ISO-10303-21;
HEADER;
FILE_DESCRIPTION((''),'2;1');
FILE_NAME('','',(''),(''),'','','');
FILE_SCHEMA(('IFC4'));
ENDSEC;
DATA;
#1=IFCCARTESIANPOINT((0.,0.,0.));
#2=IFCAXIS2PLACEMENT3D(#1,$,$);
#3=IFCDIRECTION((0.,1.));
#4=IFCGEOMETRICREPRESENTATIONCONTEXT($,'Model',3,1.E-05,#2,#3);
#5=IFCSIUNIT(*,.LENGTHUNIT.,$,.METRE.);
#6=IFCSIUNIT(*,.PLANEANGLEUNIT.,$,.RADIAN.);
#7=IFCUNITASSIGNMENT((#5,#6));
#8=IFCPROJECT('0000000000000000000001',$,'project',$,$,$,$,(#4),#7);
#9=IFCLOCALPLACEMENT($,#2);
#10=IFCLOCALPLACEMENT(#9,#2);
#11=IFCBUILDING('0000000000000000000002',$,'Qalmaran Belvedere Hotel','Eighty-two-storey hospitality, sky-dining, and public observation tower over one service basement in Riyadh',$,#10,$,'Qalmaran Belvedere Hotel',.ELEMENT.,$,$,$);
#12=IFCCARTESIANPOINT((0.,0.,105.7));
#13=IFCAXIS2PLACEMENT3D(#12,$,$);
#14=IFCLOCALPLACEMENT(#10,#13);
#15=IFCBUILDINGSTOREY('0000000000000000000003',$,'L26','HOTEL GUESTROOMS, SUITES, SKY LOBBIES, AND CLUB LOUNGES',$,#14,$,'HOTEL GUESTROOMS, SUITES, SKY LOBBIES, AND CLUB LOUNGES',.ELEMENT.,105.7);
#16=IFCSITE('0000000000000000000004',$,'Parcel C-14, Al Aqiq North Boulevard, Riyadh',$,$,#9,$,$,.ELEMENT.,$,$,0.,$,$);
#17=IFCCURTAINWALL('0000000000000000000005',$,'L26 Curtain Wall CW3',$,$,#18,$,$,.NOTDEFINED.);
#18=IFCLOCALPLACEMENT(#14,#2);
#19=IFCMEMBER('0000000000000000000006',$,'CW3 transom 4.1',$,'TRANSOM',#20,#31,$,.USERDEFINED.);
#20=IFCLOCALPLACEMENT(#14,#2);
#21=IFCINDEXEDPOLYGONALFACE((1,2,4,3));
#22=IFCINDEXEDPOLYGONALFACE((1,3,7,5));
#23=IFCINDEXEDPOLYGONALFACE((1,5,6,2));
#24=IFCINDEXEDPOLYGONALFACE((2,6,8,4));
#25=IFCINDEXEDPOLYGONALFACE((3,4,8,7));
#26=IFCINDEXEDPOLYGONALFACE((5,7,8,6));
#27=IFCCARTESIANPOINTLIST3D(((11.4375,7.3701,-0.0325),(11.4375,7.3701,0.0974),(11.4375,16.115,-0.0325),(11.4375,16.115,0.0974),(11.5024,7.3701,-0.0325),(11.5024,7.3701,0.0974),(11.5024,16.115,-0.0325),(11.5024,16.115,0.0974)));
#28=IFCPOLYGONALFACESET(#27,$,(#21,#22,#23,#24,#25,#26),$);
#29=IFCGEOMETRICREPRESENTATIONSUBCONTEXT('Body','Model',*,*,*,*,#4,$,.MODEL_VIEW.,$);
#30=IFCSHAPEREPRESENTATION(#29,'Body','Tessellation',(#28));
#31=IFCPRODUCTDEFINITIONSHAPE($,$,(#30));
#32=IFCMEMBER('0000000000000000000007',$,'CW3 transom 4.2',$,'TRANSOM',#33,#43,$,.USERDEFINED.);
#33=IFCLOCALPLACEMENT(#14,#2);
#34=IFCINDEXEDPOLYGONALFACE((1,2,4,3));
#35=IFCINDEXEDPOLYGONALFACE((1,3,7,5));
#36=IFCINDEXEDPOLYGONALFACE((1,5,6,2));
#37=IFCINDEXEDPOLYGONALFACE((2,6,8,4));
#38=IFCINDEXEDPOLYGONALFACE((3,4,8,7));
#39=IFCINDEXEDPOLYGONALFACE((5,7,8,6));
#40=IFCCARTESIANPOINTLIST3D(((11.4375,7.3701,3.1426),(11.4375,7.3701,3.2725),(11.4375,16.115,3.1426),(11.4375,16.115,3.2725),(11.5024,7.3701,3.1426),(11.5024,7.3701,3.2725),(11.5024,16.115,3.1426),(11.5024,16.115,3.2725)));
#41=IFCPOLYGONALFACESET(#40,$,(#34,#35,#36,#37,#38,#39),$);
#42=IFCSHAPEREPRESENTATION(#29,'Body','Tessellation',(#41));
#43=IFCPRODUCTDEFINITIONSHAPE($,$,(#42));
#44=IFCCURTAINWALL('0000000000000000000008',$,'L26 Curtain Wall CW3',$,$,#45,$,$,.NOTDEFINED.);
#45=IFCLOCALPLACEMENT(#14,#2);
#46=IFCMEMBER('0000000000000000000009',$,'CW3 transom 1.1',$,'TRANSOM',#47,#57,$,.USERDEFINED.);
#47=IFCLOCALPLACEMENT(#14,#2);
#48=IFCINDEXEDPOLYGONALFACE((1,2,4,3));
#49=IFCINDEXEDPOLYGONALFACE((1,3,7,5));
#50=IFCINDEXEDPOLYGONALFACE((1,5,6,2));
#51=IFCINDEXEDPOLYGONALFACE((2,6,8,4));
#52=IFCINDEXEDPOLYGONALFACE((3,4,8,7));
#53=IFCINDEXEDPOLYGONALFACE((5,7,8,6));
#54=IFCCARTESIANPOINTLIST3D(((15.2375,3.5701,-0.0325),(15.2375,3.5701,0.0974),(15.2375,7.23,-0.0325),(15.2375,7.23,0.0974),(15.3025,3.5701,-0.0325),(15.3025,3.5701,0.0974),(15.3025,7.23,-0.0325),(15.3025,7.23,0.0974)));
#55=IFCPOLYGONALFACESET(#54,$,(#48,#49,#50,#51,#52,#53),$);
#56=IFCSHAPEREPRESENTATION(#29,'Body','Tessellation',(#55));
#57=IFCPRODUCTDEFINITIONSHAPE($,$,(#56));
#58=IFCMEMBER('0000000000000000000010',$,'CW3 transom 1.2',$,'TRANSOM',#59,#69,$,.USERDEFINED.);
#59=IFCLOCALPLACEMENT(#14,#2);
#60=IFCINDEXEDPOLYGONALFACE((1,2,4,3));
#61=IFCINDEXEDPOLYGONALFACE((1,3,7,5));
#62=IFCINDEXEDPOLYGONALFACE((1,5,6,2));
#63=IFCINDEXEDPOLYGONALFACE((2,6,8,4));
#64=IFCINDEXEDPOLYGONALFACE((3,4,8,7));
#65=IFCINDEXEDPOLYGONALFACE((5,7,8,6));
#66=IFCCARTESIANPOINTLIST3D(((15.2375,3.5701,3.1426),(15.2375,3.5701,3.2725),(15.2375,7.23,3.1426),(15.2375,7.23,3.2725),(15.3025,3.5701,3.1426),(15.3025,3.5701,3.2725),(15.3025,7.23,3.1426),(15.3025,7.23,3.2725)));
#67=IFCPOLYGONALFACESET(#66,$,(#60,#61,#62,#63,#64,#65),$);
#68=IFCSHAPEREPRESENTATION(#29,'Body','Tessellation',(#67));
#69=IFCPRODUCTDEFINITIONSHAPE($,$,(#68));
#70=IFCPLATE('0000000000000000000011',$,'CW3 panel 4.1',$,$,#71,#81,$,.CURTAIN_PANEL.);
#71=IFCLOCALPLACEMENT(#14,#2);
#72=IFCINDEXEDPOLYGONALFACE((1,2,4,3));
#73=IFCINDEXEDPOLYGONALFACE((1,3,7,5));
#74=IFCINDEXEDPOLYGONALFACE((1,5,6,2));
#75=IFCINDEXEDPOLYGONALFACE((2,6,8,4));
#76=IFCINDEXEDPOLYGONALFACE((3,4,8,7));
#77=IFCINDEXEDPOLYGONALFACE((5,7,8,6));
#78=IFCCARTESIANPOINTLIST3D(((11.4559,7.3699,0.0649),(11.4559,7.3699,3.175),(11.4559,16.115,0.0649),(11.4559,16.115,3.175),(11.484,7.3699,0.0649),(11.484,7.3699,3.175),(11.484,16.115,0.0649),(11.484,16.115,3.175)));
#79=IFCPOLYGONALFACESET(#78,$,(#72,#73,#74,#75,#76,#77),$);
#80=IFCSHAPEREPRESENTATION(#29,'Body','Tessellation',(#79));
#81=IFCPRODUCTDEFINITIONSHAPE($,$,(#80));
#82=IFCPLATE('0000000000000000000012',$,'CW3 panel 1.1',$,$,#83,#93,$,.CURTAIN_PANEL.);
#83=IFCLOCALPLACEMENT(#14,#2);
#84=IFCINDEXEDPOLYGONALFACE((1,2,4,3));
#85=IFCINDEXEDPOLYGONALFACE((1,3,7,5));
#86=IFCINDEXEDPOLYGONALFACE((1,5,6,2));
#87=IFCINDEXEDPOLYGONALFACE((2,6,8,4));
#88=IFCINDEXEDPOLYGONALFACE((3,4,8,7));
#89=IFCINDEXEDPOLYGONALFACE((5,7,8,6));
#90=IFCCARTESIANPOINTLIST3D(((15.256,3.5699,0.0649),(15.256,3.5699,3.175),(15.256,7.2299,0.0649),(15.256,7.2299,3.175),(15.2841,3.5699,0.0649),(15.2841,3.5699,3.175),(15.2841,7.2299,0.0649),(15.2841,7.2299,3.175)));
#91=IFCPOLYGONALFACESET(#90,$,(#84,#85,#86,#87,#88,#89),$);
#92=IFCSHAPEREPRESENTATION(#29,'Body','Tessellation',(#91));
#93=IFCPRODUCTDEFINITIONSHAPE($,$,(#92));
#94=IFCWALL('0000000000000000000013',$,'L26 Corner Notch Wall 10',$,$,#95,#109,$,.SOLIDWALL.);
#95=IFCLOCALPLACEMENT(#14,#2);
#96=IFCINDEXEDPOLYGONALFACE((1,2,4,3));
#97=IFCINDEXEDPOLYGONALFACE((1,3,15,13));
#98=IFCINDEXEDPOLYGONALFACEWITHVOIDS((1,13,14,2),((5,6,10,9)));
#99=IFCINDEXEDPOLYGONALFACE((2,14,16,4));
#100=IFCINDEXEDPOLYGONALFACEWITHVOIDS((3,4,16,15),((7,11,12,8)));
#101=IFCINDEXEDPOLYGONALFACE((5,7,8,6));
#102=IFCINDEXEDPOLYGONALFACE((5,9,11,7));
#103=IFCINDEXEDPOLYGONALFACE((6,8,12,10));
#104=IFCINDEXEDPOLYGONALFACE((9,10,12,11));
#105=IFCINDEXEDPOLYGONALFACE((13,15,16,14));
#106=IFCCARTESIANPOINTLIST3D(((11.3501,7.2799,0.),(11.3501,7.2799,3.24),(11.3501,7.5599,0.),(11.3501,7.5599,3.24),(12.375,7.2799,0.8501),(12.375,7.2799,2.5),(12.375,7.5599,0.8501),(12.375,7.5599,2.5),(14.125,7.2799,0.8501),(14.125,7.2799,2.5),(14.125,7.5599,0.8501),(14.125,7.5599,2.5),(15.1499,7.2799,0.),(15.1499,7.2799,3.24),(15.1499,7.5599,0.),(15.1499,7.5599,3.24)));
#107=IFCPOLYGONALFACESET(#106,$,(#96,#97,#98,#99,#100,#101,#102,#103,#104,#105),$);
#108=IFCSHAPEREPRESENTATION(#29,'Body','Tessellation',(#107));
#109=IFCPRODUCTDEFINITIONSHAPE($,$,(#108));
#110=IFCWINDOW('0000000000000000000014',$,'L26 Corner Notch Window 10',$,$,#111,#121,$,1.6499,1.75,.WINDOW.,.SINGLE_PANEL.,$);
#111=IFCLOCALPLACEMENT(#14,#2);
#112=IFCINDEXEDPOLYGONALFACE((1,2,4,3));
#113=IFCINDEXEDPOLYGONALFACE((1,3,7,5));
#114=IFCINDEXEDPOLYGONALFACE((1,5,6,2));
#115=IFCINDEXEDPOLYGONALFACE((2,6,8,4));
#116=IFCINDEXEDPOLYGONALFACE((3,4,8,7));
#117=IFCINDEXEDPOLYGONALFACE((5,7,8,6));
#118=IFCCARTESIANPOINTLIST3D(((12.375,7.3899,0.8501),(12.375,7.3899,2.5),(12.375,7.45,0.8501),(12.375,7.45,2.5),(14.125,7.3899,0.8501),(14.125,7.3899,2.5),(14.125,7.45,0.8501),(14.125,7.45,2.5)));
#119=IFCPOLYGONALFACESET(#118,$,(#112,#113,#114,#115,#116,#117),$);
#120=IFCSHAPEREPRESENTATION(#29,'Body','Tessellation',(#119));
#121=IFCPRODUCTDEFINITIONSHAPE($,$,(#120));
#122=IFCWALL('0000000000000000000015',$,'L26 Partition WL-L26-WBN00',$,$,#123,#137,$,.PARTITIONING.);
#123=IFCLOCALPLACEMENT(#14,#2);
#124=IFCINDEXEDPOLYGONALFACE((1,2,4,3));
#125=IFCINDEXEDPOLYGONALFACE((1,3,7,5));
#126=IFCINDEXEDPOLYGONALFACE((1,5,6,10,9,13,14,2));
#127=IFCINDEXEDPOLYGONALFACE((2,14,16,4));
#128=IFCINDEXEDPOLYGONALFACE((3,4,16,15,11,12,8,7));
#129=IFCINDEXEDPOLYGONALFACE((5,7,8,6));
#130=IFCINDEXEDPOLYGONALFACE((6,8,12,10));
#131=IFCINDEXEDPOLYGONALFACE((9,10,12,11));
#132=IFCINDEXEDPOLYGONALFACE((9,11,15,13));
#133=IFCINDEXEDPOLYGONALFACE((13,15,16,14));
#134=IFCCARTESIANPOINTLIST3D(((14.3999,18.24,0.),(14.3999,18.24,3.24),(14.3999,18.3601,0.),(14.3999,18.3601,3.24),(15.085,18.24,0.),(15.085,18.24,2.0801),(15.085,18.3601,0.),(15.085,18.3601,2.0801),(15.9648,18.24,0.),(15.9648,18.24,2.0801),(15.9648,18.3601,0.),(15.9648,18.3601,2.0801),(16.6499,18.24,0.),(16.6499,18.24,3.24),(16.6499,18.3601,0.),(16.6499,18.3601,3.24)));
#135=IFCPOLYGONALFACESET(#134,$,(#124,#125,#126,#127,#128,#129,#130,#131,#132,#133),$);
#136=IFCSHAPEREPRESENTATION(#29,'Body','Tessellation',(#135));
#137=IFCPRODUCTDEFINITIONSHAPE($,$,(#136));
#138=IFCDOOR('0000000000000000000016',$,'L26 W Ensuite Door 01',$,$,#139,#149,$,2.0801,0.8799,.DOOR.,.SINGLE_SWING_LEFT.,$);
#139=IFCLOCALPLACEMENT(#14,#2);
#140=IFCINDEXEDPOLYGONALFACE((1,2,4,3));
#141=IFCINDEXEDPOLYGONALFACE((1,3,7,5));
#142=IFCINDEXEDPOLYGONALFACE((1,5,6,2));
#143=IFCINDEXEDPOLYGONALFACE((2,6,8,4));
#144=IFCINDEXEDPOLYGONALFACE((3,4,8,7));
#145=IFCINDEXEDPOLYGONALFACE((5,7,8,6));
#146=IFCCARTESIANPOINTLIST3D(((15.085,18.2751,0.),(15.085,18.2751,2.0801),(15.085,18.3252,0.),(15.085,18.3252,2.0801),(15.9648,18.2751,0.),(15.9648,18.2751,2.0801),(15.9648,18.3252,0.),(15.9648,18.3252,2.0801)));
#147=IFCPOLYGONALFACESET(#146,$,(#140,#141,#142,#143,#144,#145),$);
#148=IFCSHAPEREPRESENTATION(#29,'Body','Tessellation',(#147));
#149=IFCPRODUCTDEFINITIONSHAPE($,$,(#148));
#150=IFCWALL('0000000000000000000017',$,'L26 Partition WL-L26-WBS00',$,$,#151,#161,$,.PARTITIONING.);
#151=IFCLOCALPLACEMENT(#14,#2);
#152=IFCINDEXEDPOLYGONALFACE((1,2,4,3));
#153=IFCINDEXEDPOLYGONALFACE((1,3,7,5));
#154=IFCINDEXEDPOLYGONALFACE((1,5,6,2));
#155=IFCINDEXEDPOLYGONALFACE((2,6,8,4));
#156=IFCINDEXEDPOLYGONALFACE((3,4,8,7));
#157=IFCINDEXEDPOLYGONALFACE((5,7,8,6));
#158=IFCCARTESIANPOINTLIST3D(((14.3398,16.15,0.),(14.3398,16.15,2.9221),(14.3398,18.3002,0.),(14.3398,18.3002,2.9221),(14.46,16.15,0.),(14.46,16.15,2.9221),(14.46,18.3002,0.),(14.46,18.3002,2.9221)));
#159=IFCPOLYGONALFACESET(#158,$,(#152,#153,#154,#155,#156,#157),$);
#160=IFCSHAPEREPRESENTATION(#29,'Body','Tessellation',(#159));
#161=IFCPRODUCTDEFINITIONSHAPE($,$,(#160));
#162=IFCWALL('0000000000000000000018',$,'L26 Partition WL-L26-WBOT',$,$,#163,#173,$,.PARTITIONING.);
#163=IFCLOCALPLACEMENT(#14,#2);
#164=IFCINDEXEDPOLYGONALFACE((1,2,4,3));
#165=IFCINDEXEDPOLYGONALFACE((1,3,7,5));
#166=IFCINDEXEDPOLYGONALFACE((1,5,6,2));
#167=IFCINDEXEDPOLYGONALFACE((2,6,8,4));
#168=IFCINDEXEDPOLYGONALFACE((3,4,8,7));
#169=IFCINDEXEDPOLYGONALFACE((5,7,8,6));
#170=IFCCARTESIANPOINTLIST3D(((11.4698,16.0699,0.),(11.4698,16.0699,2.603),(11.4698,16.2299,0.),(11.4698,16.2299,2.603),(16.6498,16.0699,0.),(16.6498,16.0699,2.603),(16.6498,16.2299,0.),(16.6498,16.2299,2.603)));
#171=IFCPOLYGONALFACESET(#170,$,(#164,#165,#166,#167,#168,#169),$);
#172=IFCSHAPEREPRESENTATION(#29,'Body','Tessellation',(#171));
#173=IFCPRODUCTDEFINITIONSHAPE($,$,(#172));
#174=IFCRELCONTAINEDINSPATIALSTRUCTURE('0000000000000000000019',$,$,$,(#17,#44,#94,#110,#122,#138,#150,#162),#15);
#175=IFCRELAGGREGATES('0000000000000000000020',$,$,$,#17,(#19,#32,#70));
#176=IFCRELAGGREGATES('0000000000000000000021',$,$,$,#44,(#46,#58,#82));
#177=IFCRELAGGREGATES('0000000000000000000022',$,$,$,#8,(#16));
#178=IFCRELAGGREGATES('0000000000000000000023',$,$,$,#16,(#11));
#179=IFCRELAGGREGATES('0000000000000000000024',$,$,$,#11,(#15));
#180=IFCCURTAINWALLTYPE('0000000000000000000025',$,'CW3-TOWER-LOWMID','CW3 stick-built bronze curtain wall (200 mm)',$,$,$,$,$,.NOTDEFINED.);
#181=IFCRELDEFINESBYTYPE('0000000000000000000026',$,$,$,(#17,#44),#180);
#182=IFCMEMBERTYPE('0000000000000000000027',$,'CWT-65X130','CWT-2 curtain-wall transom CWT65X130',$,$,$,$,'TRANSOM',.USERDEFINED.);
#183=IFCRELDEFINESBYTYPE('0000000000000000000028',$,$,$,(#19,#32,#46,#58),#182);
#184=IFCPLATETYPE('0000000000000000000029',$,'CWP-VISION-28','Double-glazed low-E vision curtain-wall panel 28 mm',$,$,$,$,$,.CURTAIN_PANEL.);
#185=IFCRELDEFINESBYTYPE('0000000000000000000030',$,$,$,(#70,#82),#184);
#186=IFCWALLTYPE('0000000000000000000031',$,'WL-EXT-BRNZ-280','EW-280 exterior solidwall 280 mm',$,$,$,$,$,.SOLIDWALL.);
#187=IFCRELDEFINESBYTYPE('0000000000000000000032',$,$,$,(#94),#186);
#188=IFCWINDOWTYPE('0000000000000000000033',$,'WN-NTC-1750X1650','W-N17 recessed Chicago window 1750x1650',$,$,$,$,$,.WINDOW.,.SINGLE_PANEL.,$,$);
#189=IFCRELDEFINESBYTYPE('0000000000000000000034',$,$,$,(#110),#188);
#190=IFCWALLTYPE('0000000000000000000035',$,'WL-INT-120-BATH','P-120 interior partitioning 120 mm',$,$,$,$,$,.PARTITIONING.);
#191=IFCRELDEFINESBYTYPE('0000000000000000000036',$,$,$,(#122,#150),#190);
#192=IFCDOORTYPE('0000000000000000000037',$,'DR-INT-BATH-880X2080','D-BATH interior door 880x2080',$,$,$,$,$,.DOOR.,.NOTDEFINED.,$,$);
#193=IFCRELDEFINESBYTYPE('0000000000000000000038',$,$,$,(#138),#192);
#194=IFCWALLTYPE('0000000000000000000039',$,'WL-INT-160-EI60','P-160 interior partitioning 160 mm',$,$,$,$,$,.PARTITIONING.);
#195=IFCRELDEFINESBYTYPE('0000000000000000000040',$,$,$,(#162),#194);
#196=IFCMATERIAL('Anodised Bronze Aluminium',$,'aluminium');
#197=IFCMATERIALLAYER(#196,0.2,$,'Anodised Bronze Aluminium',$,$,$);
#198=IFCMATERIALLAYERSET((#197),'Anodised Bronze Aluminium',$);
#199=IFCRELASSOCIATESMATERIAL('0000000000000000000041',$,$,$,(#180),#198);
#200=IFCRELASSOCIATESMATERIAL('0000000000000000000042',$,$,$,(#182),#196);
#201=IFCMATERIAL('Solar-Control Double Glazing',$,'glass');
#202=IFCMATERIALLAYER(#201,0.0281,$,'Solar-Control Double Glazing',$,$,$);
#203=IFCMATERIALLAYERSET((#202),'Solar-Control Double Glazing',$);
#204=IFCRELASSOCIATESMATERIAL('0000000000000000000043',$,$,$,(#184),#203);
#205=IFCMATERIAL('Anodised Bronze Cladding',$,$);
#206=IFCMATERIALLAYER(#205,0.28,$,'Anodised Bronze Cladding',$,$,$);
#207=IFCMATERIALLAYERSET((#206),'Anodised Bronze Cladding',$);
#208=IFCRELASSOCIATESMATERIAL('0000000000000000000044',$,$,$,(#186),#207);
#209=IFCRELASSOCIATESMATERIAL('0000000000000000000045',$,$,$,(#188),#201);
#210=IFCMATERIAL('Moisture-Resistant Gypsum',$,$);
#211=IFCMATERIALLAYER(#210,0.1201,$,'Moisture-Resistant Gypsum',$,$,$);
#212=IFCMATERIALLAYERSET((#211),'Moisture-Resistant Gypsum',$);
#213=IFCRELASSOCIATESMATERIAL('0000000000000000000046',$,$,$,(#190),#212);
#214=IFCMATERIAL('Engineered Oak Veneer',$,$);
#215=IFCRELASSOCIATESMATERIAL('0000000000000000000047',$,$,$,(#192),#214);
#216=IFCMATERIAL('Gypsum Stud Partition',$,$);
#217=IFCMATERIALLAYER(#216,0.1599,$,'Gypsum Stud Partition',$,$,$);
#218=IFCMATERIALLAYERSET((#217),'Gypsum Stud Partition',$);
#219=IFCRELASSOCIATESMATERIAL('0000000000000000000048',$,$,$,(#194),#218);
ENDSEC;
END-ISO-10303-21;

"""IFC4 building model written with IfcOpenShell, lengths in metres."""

from ifc_helpers import new_model, si_unit, direction, frame, frame_2d, origin, origin_2d, place, context, subcontext, project, spatial, rectangle, extrude, material, layer, layer_set, material_profile, profile_set, type_object, element, fill, aggregate, save


model = new_model("IFC4")

# Units and contexts
model_context = context("Model", 3, precision=1e-05, world=origin(), true_north=direction((0.0, 1.0)))
body_context = subcontext(model_context, "Body", "Model", "MODEL_VIEW")
ifc_project = project(units=[si_unit("LENGTHUNIT", "METRE"), si_unit("PLANEANGLEUNIT", "RADIAN")], contexts=[model_context])

# Site, building, storey
site_placement = place(None, origin())
site = spatial("IfcSite", under=ifc_project, at=site_placement, Name="Parcel C-14, Al Aqiq North Boulevard, Riyadh", CompositionType="ELEMENT", RefElevation=0.0)
building_placement = place(site_placement, origin())
building = spatial("IfcBuilding", under=site, at=building_placement, Name="Qalmaran Belvedere Hotel", Description="Eighty-two-storey hospitality, sky-dining, and public observation tower over one service basement in Riyadh", LongName="Qalmaran Belvedere Hotel", CompositionType="ELEMENT")
storey_placement = place(building_placement, frame((0.0, 0.0, 105.7)))
storey = spatial("IfcBuildingStorey", under=building, at=storey_placement, Name="L26", Description="HOTEL GUESTROOMS, SUITES, SKY LOBBIES, AND CLUB LOUNGES", LongName="HOTEL GUESTROOMS, SUITES, SKY LOBBIES, AND CLUB LOUNGES", CompositionType="ELEMENT", Elevation=105.7)

# Curtain wall
ifc_material_1 = material(Name="Anodised Bronze Aluminium", Category="aluminium")
ifc_layer_1 = layer(ifc_material_1, 0.2, Name="Anodised Bronze Aluminium")
ifc_layer_set_1 = layer_set([ifc_layer_1], Name="Anodised Bronze Aluminium")
curtain_wall_type = type_object("IfcCurtainWallType", Name="CW3-TOWER-LOWMID", Description="CW3 stick-built bronze curtain wall (200 mm)", PredefinedType="NOTDEFINED", material=ifc_layer_set_1)
curtain_wall_1_placement = place(storey_placement, origin())
curtain_wall_1 = element("IfcCurtainWall", 1, at=curtain_wall_1_placement, inside=storey, type_object=curtain_wall_type, Name="L26 Curtain Wall CW3", PredefinedType="NOTDEFINED")

# Shared definitions
ifc_material_profile_1 = material_profile(ifc_material_1, rectangle(XDim=0.0649, YDim=0.1299, at=origin_2d()), Name="CWT65X130")
ifc_profile_set_1 = profile_set([ifc_material_profile_1], Name="Anodised Bronze Aluminium")
member_type_1 = type_object("IfcMemberType", Name="CWT-65X130", Description="CWT-2 curtain-wall transom CWT65X130", ElementType="TRANSOM", PredefinedType="USERDEFINED", material=ifc_profile_set_1)

# Members
member_1_placement = place(storey_placement, frame((11.47, 16.115, 0.0325), z_axis=(0.0, -1.0, 0.0), x_axis=(1.0, 0.0, 0.0)))
member_1 = element("IfcMember", 2, at=member_1_placement, type_object=member_type_1, Name="CW3 transom 4.1", ObjectType="TRANSOM", PredefinedType="USERDEFINED", context=body_context, shape_type="SweptSolid", body=[
    extrude(rectangle(XDim=0.0649, YDim=0.1299, at=origin_2d()), origin(), (0.0, 0.0, 1.0), 8.7449),
])
member_2_placement = place(storey_placement, frame((11.47, 16.115, 3.2075), z_axis=(0.0, -1.0, 0.0), x_axis=(1.0, 0.0, 0.0)))
member_2 = element("IfcMember", 3, at=member_2_placement, type_object=member_type_1, Name="CW3 transom 4.2", ObjectType="TRANSOM", PredefinedType="USERDEFINED", context=body_context, shape_type="SweptSolid", body=[
    extrude(rectangle(XDim=0.0649, YDim=0.1299, at=origin_2d()), origin(), (0.0, 0.0, 1.0), 8.7449),
])

# Curtain wall, members
curtain_wall_2_placement = place(storey_placement, origin())
curtain_wall_2 = element("IfcCurtainWall", 4, at=curtain_wall_2_placement, inside=storey, type_object=curtain_wall_type, Name="L26 Curtain Wall CW3", PredefinedType="NOTDEFINED")
member_3_placement = place(storey_placement, frame((15.27, 7.23, 0.0325), z_axis=(0.0, -1.0, 0.0), x_axis=(1.0, 0.0, 0.0)))
member_3 = element("IfcMember", 5, at=member_3_placement, type_object=member_type_1, Name="CW3 transom 1.1", ObjectType="TRANSOM", PredefinedType="USERDEFINED", context=body_context, shape_type="SweptSolid", body=[
    extrude(rectangle(XDim=0.0649, YDim=0.1299, at=origin_2d()), origin(), (0.0, 0.0, 1.0), 3.6599),
])
member_4_placement = place(storey_placement, frame((15.27, 7.23, 3.2075), z_axis=(0.0, -1.0, 0.0), x_axis=(1.0, 0.0, 0.0)))
member_4 = element("IfcMember", 6, at=member_4_placement, type_object=member_type_1, Name="CW3 transom 1.2", ObjectType="TRANSOM", PredefinedType="USERDEFINED", context=body_context, shape_type="SweptSolid", body=[
    extrude(rectangle(XDim=0.0649, YDim=0.1299, at=origin_2d()), origin(), (0.0, 0.0, 1.0), 3.6599),
])

# Plates
ifc_material_2 = material(Name="Solar-Control Double Glazing", Category="glass")
ifc_layer_2 = layer(ifc_material_2, 0.0281, Name="Solar-Control Double Glazing")
ifc_layer_set_2 = layer_set([ifc_layer_2], Name="Solar-Control Double Glazing")
plate_type = type_object("IfcPlateType", Name="CWP-VISION-28", Description="Double-glazed low-E vision curtain-wall panel 28 mm", PredefinedType="CURTAIN_PANEL", material=ifc_layer_set_2)
plate_1_placement = place(storey_placement, frame((11.47, 11.7424, 0.0649), z_axis=(0.0, 0.0, 1.0), x_axis=(0.0, -1.0, 0.0)))
plate_1 = element("IfcPlate", 7, at=plate_1_placement, type_object=plate_type, Name="CW3 panel 4.1", PredefinedType="CURTAIN_PANEL", context=body_context, shape_type="SweptSolid", body=[
    extrude(rectangle(XDim=8.7451, YDim=0.0281, at=origin_2d()), origin(), (0.0, 0.0, 1.0), 3.1101),
])
aggregate(curtain_wall_1, [member_1, member_2, plate_1])
plate_2_placement = place(storey_placement, frame((15.27, 5.3999, 0.0649), z_axis=(0.0, 0.0, 1.0), x_axis=(0.0, -1.0, 0.0)))
plate_2 = element("IfcPlate", 8, at=plate_2_placement, type_object=plate_type, Name="CW3 panel 1.1", PredefinedType="CURTAIN_PANEL", context=body_context, shape_type="SweptSolid", body=[
    extrude(rectangle(XDim=3.6599, YDim=0.0281, at=origin_2d()), origin(), (0.0, 0.0, 1.0), 3.1101),
])
aggregate(curtain_wall_2, [member_3, member_4, plate_2])

# Wall, opening, window
ifc_material_3 = material(Name="Anodised Bronze Cladding")
ifc_layer_3 = layer(ifc_material_3, 0.28, Name="Anodised Bronze Cladding")
ifc_layer_set_3 = layer_set([ifc_layer_3], Name="Anodised Bronze Cladding")
wall_type_1 = type_object("IfcWallType", Name="WL-EXT-BRNZ-280", Description="EW-280 exterior solidwall 280 mm", PredefinedType="SOLIDWALL", material=ifc_layer_set_3)
wall_1_placement = place(storey_placement, frame((11.3501, 7.4199, 0.0), z_axis=(0.0, 0.0, 1.0), x_axis=(1.0, 0.0, 0.0)))
wall_1 = element("IfcWall", 9, at=wall_1_placement, inside=storey, type_object=wall_type_1, Name="L26 Corner Notch Wall 10", PredefinedType="SOLIDWALL", context=body_context, shape_type="SweptSolid", body=[
    extrude(rectangle(XDim=3.7998, YDim=0.28, at=frame_2d((1.8999, 0.0))), origin(), (0.0, 0.0, 1.0), 3.24),
])
opening_1_placement = place(wall_1_placement, frame((1.0249, 0.0, 0.8501)))
opening_1 = element("IfcOpeningElement", 10, at=opening_1_placement, cuts=wall_1, PredefinedType="OPENING", context=body_context, shape_type="SweptSolid", body=[
    extrude(rectangle(XDim=1.75, YDim=1.6499, at=frame_2d((0.875, 0.825))), frame((0.0, 0.1499, 0.0), z_axis=(0.0, -1.0, 0.0), x_axis=(1.0, 0.0, 0.0)), (0.0, 0.0, 1.0), 0.3),
])
window_type = type_object("IfcWindowType", Name="WN-NTC-1750X1650", Description="W-N17 recessed Chicago window 1750x1650", PartitioningType="SINGLE_PANEL", PredefinedType="WINDOW", material=ifc_material_2)
window_placement = place(opening_1_placement, origin())
window = element("IfcWindow", 11, at=window_placement, inside=storey, type_object=window_type, Name="L26 Corner Notch Window 10", OverallHeight=1.6499, OverallWidth=1.75, PartitioningType="SINGLE_PANEL", PredefinedType="WINDOW", context=body_context, shape_type="SweptSolid", body=[
    extrude(rectangle(XDim=1.75, YDim=1.6499, at=frame_2d((0.875, 0.825))), frame((0.0, 0.03, 0.0), z_axis=(0.0, -1.0, 0.0), x_axis=(1.0, 0.0, 0.0)), (0.0, 0.0, 1.0), 0.0601),
])
fill(opening_1, window)

# Wall, opening, door
ifc_material_4 = material(Name="Moisture-Resistant Gypsum")
ifc_layer_4 = layer(ifc_material_4, 0.1201, Name="Moisture-Resistant Gypsum")
ifc_layer_set_4 = layer_set([ifc_layer_4], Name="Moisture-Resistant Gypsum")
wall_type_2 = type_object("IfcWallType", Name="WL-INT-120-BATH", Description="P-120 interior partitioning 120 mm", PredefinedType="PARTITIONING", material=ifc_layer_set_4)
wall_2_placement = place(storey_placement, frame((14.3999, 18.3, 0.0), z_axis=(0.0, 0.0, 1.0), x_axis=(1.0, 0.0, 0.0)))
wall_2 = element("IfcWall", 12, at=wall_2_placement, inside=storey, type_object=wall_type_2, Name="L26 Partition WL-L26-WBN00", PredefinedType="PARTITIONING", context=body_context, shape_type="SweptSolid", body=[
    extrude(rectangle(XDim=2.25, YDim=0.1201, at=frame_2d((1.125, 0.0))), origin(), (0.0, 0.0, 1.0), 3.24),
])
opening_2_placement = place(wall_2_placement, frame((1.5649, 0.0, 0.0), z_axis=(0.0, 0.0, 1.0), x_axis=(-1.0, 0.0, 0.0)))
opening_2 = element("IfcOpeningElement", 13, at=opening_2_placement, cuts=wall_2, PredefinedType="OPENING", context=body_context, shape_type="SweptSolid", body=[
    extrude(rectangle(XDim=0.8799, YDim=2.0801, at=frame_2d((0.4399, 1.04))), frame((0.0, 0.0701, 0.0), z_axis=(0.0, -1.0, 0.0), x_axis=(1.0, 0.0, 0.0)), (0.0, 0.0, 1.0), 0.1401),
])
ifc_material_5 = material(Name="Engineered Oak Veneer")
door_type = type_object("IfcDoorType", Name="DR-INT-BATH-880X2080", Description="D-BATH interior door 880x2080", OperationType="NOTDEFINED", PredefinedType="DOOR", material=ifc_material_5)
door_placement = place(opening_2_placement, origin())
door = element("IfcDoor", 14, at=door_placement, inside=storey, type_object=door_type, Name="L26 W Ensuite Door 01", OperationType="SINGLE_SWING_LEFT", OverallHeight=2.0801, OverallWidth=0.8799, PredefinedType="DOOR", context=body_context, shape_type="SweptSolid", body=[
    extrude(rectangle(XDim=0.8799, YDim=2.0801, at=frame_2d((0.4399, 1.04))), frame((0.0, 0.0249, 0.0), z_axis=(0.0, -1.0, 0.0), x_axis=(1.0, 0.0, 0.0)), (0.0, 0.0, 1.0), 0.05),
])
fill(opening_2, door)

# Walls
wall_3_placement = place(storey_placement, frame((14.3999, 16.1499, 0.0), z_axis=(0.0, 0.0, 1.0), x_axis=(0.0, 1.0, 0.0)))
element("IfcWall", 15, at=wall_3_placement, inside=storey, type_object=wall_type_2, Name="L26 Partition WL-L26-WBS00", PredefinedType="PARTITIONING", context=body_context, shape_type="SweptSolid", body=[
    extrude(rectangle(XDim=2.1501, YDim=0.1201, at=frame_2d((1.0752, 0.0))), origin(), (0.0, 0.0, 1.0), 2.9221),
])
ifc_material_6 = material(Name="Gypsum Stud Partition")
ifc_layer_5 = layer(ifc_material_6, 0.1599, Name="Gypsum Stud Partition")
ifc_layer_set_5 = layer_set([ifc_layer_5], Name="Gypsum Stud Partition")
wall_type_3 = type_object("IfcWallType", Name="WL-INT-160-EI60", Description="P-160 interior partitioning 160 mm", PredefinedType="PARTITIONING", material=ifc_layer_set_5)
wall_4_placement = place(storey_placement, frame((11.47, 16.1499, 0.0), z_axis=(0.0, 0.0, 1.0), x_axis=(1.0, 0.0, 0.0)))
element("IfcWall", 16, at=wall_4_placement, inside=storey, type_object=wall_type_3, Name="L26 Partition WL-L26-WBOT", PredefinedType="PARTITIONING", context=body_context, shape_type="SweptSolid", body=[
    extrude(rectangle(XDim=5.1799, YDim=0.1599, at=frame_2d((2.5898, 0.0))), origin(), (0.0, 0.0, 1.0), 2.603),
])

save(model, "model.ifc")
